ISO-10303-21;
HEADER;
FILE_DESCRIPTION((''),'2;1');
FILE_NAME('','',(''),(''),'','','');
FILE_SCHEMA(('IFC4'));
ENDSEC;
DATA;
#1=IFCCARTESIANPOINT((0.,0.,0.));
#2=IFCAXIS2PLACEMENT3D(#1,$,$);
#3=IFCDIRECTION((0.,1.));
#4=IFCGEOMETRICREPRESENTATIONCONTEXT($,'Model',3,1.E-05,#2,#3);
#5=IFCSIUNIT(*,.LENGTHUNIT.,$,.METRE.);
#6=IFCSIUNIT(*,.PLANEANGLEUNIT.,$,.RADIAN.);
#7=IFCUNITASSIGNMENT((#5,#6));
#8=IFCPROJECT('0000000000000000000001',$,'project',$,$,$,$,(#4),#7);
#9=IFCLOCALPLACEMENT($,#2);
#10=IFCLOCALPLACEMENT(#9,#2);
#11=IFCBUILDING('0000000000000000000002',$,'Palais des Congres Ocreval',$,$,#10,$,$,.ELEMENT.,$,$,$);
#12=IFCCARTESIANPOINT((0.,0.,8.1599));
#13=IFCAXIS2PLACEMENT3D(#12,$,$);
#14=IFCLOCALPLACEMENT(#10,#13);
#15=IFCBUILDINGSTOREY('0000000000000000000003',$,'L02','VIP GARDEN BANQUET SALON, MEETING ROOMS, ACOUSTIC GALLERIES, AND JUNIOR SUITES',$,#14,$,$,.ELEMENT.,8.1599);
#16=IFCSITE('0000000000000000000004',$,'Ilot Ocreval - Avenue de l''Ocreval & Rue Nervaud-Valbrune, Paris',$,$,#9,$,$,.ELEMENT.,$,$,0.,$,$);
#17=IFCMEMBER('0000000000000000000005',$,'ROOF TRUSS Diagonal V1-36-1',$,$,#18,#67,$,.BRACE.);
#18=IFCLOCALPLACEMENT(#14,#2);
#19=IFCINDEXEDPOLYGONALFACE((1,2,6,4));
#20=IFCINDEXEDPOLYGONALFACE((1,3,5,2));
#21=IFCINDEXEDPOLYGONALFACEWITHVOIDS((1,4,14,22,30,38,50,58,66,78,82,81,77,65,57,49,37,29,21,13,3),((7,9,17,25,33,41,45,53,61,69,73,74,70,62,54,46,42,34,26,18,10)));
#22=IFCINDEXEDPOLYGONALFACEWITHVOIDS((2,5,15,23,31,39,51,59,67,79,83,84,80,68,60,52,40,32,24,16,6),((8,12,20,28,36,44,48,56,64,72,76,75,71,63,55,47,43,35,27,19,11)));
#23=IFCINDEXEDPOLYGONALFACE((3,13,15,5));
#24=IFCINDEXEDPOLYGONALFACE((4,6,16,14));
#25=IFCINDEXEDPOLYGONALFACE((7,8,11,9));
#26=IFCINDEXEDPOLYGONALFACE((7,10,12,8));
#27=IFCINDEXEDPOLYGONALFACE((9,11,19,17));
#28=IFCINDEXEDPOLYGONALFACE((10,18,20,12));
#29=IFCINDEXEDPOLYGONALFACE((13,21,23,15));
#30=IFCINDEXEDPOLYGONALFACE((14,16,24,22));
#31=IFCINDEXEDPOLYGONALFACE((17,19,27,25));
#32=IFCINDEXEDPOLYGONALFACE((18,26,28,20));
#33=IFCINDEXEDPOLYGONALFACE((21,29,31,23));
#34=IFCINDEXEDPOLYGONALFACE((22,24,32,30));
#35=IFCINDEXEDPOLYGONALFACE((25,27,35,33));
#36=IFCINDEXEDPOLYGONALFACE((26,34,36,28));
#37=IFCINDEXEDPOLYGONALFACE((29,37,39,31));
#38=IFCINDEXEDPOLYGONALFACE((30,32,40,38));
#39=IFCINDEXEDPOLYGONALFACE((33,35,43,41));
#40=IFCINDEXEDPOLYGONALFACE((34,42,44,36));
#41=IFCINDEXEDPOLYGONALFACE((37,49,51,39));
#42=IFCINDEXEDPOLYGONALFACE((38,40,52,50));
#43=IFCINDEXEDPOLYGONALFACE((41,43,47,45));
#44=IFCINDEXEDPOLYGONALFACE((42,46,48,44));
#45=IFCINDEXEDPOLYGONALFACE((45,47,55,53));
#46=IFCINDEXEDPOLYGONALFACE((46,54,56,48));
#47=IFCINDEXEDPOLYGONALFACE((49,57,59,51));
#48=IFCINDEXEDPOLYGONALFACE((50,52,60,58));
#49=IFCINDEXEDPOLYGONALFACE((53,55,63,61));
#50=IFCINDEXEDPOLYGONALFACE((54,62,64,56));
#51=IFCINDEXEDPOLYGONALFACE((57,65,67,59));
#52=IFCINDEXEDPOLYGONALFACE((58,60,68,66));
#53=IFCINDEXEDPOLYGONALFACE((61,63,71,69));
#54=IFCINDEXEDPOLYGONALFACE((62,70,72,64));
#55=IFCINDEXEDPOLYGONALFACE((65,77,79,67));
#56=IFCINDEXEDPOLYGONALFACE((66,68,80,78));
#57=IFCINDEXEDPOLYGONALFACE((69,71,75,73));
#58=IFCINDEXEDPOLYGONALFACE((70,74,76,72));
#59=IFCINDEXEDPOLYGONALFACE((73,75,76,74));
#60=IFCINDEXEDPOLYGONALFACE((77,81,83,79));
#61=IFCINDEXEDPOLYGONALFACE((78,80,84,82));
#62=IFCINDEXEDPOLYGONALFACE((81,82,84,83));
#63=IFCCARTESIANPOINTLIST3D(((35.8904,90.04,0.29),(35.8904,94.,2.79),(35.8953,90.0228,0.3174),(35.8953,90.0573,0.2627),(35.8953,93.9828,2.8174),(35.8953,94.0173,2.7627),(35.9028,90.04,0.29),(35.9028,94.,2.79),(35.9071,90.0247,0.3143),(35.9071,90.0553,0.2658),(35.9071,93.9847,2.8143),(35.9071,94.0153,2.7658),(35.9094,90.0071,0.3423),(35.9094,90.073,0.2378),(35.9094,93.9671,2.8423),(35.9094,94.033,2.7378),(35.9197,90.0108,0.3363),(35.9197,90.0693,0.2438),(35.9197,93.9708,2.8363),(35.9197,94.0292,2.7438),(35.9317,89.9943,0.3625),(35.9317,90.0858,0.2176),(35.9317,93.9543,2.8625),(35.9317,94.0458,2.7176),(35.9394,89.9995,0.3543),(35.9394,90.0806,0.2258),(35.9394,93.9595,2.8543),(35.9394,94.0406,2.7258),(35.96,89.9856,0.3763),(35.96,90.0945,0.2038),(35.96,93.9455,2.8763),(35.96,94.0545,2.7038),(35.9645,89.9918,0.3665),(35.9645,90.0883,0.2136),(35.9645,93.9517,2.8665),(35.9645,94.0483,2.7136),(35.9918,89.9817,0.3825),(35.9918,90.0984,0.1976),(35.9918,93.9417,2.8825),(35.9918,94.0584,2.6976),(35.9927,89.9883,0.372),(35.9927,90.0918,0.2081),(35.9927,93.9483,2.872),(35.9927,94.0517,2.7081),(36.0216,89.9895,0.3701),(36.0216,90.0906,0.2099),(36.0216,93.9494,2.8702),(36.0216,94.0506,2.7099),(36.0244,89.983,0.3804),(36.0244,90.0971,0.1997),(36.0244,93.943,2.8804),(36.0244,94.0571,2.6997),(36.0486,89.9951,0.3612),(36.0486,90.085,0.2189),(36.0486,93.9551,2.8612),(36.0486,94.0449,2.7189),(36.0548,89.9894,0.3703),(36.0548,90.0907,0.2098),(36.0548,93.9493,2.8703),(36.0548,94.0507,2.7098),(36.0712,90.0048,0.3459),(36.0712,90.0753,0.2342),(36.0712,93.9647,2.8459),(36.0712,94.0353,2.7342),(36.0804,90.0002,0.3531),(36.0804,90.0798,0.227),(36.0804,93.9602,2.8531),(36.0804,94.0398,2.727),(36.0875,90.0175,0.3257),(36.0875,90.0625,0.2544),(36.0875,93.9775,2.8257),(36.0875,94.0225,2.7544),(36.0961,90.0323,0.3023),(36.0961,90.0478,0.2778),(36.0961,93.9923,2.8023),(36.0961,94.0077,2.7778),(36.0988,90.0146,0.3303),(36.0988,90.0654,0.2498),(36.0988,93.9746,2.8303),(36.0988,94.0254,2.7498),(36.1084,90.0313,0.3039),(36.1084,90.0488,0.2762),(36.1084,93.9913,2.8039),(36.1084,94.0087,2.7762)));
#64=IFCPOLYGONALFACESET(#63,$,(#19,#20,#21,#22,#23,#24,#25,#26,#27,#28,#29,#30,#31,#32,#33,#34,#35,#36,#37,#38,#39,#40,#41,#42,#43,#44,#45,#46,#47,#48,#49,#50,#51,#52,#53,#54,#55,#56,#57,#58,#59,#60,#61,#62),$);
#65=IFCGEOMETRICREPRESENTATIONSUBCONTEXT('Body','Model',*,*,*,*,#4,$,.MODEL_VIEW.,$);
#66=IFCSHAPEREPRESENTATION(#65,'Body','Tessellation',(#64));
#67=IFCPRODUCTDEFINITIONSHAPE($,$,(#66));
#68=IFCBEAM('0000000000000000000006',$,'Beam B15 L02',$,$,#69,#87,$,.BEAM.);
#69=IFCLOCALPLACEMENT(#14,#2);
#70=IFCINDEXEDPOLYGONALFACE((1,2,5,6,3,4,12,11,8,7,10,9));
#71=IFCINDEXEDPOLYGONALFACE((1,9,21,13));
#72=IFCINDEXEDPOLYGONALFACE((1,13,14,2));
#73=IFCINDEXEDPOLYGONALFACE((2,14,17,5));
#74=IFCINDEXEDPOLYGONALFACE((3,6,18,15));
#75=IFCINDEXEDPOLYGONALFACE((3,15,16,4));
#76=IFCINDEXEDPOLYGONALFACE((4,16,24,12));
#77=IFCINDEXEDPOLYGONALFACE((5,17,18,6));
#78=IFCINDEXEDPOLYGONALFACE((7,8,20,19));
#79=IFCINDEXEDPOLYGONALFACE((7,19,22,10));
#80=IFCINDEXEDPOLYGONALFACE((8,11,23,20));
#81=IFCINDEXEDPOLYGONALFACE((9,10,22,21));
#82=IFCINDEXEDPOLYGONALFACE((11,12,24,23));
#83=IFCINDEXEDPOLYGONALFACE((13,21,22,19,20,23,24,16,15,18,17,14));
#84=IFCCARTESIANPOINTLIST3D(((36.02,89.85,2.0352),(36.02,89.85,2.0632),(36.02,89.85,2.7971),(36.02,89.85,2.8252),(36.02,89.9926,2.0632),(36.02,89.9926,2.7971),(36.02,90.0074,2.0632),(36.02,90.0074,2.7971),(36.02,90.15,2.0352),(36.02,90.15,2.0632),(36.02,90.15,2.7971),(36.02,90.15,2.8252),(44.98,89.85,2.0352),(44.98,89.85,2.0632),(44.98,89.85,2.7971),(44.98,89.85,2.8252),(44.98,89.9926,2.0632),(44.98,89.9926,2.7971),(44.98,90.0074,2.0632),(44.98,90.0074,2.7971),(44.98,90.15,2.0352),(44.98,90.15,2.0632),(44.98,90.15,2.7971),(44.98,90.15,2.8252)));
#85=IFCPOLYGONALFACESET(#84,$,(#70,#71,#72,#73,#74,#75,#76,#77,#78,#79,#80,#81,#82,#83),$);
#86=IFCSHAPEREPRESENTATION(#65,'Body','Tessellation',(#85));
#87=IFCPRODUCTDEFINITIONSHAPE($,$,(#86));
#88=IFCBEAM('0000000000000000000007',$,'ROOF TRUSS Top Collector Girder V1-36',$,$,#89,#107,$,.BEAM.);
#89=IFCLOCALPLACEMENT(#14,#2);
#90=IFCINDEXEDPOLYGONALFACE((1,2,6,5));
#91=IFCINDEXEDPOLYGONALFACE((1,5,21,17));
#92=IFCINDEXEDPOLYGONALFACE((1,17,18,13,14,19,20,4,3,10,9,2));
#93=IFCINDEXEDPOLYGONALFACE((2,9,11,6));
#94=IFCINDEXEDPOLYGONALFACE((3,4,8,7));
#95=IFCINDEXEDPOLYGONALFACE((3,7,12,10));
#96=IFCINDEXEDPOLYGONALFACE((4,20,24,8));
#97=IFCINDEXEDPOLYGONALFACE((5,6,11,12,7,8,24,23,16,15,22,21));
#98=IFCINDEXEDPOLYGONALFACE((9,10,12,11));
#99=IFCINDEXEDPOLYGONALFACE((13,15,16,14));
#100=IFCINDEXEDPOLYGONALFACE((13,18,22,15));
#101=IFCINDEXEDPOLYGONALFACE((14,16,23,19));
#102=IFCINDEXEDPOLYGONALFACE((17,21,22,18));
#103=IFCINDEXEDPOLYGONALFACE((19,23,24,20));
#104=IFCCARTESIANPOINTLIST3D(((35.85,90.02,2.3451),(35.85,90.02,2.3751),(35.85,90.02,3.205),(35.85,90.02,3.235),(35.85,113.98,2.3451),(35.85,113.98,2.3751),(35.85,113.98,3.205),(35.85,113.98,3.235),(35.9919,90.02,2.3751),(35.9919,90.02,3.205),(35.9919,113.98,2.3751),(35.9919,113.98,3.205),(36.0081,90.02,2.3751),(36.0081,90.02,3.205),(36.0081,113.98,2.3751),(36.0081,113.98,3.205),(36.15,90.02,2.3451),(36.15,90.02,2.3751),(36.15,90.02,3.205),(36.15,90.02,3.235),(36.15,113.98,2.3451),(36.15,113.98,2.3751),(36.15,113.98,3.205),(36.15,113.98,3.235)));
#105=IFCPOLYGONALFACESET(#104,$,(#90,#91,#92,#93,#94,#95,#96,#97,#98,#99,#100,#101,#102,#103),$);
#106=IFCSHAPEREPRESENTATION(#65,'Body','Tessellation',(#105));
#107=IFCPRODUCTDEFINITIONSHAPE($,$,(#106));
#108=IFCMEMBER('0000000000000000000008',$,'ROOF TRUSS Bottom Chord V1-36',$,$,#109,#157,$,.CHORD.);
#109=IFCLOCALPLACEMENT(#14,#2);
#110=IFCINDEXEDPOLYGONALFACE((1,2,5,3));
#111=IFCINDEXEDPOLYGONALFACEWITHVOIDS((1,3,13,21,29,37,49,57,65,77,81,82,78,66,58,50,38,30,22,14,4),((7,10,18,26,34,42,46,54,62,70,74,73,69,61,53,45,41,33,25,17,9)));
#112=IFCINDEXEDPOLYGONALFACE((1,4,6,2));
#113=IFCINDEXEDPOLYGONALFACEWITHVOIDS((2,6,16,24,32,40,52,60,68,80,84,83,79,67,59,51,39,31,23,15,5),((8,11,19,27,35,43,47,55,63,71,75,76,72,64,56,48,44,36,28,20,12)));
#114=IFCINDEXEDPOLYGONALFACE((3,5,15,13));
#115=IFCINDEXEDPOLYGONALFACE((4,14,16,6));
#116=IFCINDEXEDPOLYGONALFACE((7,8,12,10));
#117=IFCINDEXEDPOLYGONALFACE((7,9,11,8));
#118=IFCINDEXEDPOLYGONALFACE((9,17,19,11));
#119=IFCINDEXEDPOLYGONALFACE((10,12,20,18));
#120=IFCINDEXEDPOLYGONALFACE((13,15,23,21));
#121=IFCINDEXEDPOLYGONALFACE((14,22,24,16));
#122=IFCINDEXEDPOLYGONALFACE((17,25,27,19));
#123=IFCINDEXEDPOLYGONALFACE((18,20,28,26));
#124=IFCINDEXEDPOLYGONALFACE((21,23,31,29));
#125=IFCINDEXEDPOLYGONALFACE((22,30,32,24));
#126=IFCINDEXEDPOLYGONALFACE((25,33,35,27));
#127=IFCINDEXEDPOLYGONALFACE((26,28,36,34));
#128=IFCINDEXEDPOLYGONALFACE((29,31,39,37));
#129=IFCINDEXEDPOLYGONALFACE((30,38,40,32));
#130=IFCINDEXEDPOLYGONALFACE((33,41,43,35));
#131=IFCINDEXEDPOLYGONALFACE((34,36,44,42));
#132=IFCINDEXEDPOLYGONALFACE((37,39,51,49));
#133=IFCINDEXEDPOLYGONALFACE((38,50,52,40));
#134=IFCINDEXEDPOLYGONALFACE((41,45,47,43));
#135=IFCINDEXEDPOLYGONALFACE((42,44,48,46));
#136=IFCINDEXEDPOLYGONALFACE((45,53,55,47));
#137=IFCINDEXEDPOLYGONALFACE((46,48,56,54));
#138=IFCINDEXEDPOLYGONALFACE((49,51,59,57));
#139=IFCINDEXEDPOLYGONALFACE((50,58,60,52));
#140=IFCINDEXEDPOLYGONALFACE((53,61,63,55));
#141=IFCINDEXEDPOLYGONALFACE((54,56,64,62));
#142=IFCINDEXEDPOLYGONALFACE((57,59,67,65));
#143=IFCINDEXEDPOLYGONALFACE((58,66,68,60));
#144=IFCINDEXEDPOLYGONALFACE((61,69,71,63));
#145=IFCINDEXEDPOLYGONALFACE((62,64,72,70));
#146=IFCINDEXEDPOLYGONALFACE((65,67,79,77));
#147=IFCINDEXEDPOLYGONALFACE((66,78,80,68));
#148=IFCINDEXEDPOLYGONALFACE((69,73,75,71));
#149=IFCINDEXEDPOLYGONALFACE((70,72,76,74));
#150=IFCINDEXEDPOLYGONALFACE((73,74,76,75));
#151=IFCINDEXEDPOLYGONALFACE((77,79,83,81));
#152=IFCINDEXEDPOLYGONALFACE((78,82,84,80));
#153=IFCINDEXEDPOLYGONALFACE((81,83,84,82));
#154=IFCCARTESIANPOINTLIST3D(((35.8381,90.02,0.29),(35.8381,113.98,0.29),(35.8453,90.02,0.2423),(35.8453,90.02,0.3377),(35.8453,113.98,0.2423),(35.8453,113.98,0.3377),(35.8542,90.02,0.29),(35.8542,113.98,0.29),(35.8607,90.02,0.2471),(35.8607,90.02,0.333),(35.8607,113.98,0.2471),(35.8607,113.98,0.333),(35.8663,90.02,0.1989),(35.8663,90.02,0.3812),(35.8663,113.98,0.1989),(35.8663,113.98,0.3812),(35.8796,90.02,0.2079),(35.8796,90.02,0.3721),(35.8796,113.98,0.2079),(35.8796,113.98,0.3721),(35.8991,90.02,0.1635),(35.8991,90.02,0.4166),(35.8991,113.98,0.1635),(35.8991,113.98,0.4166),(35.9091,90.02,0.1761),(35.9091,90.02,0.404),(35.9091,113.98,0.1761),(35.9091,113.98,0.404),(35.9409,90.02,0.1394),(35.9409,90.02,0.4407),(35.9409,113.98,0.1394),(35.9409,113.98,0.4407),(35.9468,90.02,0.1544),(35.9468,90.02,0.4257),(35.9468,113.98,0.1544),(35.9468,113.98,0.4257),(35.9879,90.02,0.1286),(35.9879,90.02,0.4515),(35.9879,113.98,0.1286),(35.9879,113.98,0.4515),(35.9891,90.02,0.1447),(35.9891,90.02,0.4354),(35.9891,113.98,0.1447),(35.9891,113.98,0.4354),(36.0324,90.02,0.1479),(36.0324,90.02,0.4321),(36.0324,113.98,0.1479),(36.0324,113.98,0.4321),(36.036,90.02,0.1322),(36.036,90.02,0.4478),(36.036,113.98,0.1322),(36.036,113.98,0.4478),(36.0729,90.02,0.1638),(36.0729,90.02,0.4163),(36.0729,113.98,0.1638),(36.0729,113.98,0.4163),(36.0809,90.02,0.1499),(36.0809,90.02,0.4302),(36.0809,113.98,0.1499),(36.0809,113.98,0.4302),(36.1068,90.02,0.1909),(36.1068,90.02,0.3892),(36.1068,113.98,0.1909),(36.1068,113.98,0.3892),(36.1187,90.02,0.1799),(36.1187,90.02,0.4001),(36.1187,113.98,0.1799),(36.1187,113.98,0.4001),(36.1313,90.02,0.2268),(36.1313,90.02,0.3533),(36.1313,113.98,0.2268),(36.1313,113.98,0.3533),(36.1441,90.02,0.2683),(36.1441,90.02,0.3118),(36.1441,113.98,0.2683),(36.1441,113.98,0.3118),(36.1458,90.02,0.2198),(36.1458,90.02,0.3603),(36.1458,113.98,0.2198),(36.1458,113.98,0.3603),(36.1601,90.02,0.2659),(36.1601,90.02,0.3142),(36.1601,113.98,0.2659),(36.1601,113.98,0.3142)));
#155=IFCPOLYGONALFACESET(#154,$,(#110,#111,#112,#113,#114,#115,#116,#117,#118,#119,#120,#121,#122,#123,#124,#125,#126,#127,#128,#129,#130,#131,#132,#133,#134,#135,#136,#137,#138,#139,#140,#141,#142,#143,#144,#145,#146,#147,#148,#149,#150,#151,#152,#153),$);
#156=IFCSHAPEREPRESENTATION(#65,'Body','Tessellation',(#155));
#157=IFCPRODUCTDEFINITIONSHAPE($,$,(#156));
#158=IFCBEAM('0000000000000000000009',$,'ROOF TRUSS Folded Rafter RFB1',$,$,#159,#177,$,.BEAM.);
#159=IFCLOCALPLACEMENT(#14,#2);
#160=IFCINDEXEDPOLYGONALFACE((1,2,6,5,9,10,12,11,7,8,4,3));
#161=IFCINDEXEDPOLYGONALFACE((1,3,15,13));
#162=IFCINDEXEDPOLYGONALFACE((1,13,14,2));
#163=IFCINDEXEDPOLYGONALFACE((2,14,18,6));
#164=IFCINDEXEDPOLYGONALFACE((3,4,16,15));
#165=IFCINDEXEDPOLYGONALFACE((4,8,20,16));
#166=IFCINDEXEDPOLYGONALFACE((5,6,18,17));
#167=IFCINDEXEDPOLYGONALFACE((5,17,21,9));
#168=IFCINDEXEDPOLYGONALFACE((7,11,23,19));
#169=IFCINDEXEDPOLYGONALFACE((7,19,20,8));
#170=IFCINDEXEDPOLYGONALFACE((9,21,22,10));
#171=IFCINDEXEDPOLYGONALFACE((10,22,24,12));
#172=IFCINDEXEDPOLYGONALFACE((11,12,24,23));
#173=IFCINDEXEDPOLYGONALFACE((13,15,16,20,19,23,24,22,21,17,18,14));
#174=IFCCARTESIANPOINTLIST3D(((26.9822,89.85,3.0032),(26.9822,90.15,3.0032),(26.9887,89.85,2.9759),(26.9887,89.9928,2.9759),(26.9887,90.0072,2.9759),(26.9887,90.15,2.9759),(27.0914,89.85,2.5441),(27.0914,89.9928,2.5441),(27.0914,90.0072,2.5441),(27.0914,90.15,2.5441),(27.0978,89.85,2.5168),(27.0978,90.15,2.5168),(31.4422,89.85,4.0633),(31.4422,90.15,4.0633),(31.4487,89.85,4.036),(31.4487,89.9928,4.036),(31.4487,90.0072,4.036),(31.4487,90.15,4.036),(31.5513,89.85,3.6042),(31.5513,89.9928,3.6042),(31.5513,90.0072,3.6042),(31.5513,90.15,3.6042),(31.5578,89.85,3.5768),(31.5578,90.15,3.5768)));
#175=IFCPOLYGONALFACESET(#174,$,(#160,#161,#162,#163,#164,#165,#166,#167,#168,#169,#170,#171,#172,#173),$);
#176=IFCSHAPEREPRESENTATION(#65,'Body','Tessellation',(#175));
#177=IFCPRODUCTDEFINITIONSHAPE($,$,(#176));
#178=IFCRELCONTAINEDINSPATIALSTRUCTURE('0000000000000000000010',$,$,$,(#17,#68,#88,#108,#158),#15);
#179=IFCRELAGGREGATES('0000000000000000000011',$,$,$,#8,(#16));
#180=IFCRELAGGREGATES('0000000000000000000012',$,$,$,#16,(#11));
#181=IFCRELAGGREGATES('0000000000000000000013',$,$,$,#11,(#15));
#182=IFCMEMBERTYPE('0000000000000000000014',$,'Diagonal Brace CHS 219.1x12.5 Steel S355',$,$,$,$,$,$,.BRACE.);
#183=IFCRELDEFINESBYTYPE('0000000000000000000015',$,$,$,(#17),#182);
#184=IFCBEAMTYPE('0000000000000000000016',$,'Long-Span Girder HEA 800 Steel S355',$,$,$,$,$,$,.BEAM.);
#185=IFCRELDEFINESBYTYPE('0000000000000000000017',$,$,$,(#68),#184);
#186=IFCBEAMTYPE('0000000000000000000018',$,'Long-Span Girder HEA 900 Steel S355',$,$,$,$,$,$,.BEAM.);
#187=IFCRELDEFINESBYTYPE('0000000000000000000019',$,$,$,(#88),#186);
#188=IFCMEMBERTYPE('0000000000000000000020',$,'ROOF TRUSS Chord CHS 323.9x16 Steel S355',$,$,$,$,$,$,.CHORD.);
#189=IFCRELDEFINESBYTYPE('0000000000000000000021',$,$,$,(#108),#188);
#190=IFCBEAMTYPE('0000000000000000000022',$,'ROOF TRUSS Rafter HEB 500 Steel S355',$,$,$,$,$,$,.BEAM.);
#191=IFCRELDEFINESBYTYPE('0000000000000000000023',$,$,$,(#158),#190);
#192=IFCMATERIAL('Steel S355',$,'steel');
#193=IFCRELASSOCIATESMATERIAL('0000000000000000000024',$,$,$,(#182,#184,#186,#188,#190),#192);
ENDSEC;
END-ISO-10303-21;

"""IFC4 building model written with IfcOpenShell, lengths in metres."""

from ifc_helpers import new_model, si_unit, direction, frame, origin, origin_2d, place, context, subcontext, project, spatial, hollow_circle, i_section, extrude, material, material_profile, profile_set, type_object, element, save


model = new_model("IFC4")

# Units and contexts
model_context = context("Model", 3, precision=1e-05, world=origin(), true_north=direction((0.0, 1.0)))
body_context = subcontext(model_context, "Body", "Model", "MODEL_VIEW")
ifc_project = project(units=[si_unit("LENGTHUNIT", "METRE"), si_unit("PLANEANGLEUNIT", "RADIAN")], contexts=[model_context])

# Site, building, storey
site_placement = place(None, origin())
site = spatial("IfcSite", under=ifc_project, at=site_placement, Name="Ilot Ocreval - Avenue de l'Ocreval & Rue Nervaud-Valbrune, Paris", CompositionType="ELEMENT", RefElevation=0.0)
building_placement = place(site_placement, origin())
building = spatial("IfcBuilding", under=site, at=building_placement, Name="Palais des Congres Ocreval", CompositionType="ELEMENT")
storey_placement = place(building_placement, frame((0.0, 0.0, 8.1599)))
storey = spatial("IfcBuildingStorey", under=building, at=storey_placement, Name="L02", Description="VIP GARDEN BANQUET SALON, MEETING ROOMS, ACOUSTIC GALLERIES, AND JUNIOR SUITES", CompositionType="ELEMENT", Elevation=8.1599)

# Shared definitions
ifc_material_1 = material(Name="Steel S355", Category="steel")

# Member
ifc_material_profile_1 = material_profile(ifc_material_1, hollow_circle(Radius=0.1096, WallThickness=0.0125, at=origin_2d()), Name="CHS 219.1x12.5")
ifc_profile_set_1 = profile_set([ifc_material_profile_1], Name="Steel S355")
member_type_1 = type_object("IfcMemberType", Name="Diagonal Brace CHS 219.1x12.5 Steel S355", PredefinedType="BRACE", material=ifc_profile_set_1)
member_1_placement = place(storey_placement, frame((36.0, 90.04, 0.29), z_axis=(0.0, 0.845588, 0.533836), x_axis=(-1.0, 0.0, 0.0)))
element("IfcMember", 1, at=member_1_placement, inside=storey, type_object=member_type_1, Name="ROOF TRUSS Diagonal V1-36-1", PredefinedType="BRACE", context=body_context, shape_type="SweptSolid", body=[
    extrude(hollow_circle(Radius=0.1096, WallThickness=0.0125, at=origin_2d()), origin(), (0.0, 0.0, 1.0), 4.6831),
])

# Beams
ifc_material_profile_2 = material_profile(ifc_material_1, i_section(OverallWidth=0.3, OverallDepth=0.79, WebThickness=0.0149, FlangeThickness=0.0281, at=origin_2d()), Name="HEA 800")
ifc_profile_set_2 = profile_set([ifc_material_profile_2], Name="Steel S355")
beam_type_1 = type_object("IfcBeamType", Name="Long-Span Girder HEA 800 Steel S355", PredefinedType="BEAM", material=ifc_profile_set_2)
beam_1_placement = place(storey_placement, frame((36.02, 90.0, 2.4302), z_axis=(1.0, 0.0, 0.0), x_axis=(0.0, 1.0, 0.0)))
element("IfcBeam", 2, at=beam_1_placement, inside=storey, type_object=beam_type_1, Name="Beam B15 L02", PredefinedType="BEAM", context=body_context, shape_type="SweptSolid", body=[
    extrude(i_section(OverallWidth=0.3, OverallDepth=0.79, WebThickness=0.0149, FlangeThickness=0.0281, at=origin_2d()), origin(), (0.0, 0.0, 1.0), 8.96),
])
ifc_material_profile_3 = material_profile(ifc_material_1, i_section(OverallWidth=0.3, OverallDepth=0.8899, WebThickness=0.0161, FlangeThickness=0.03, at=origin_2d()), Name="HEA 900")
ifc_profile_set_3 = profile_set([ifc_material_profile_3], Name="Steel S355")
beam_type_2 = type_object("IfcBeamType", Name="Long-Span Girder HEA 900 Steel S355", PredefinedType="BEAM", material=ifc_profile_set_3)
beam_2_placement = place(storey_placement, frame((36.0, 90.02, 2.79), z_axis=(0.0, 1.0, 0.0), x_axis=(-1.0, 0.0, 0.0)))
element("IfcBeam", 3, at=beam_2_placement, inside=storey, type_object=beam_type_2, Name="ROOF TRUSS Top Collector Girder V1-36", PredefinedType="BEAM", context=body_context, shape_type="SweptSolid", body=[
    extrude(i_section(OverallWidth=0.3, OverallDepth=0.8899, WebThickness=0.0161, FlangeThickness=0.03, at=origin_2d()), origin(), (0.0, 0.0, 1.0), 23.96),
])

# Member
ifc_material_profile_4 = material_profile(ifc_material_1, hollow_circle(Radius=0.1619, WallThickness=0.0161, at=origin_2d()), Name="CHS 323.9x16")
ifc_profile_set_4 = profile_set([ifc_material_profile_4], Name="Steel S355")
member_type_2 = type_object("IfcMemberType", Name="ROOF TRUSS Chord CHS 323.9x16 Steel S355", PredefinedType="CHORD", material=ifc_profile_set_4)
member_2_placement = place(storey_placement, frame((36.0, 90.02, 0.29), z_axis=(0.0, 1.0, 0.0), x_axis=(-1.0, 0.0, 0.0)))
element("IfcMember", 4, at=member_2_placement, inside=storey, type_object=member_type_2, Name="ROOF TRUSS Bottom Chord V1-36", PredefinedType="CHORD", context=body_context, shape_type="SweptSolid", body=[
    extrude(hollow_circle(Radius=0.1619, WallThickness=0.0161, at=origin_2d()), origin(), (0.0, 0.0, 1.0), 23.96),
])

# Beam
ifc_material_profile_5 = material_profile(ifc_material_1, i_section(OverallWidth=0.3, OverallDepth=0.5, WebThickness=0.0144, FlangeThickness=0.0281, at=origin_2d()), Name="HEB 500")
ifc_profile_set_5 = profile_set([ifc_material_profile_5], Name="Steel S355")
beam_type_3 = type_object("IfcBeamType", Name="ROOF TRUSS Rafter HEB 500 Steel S355", PredefinedType="BEAM", material=ifc_profile_set_5)
for number, where, z_axis, x_axis, name in (
    (5, (27.04, 90.0, 2.76), (0.972896, 0.0, 0.231241), (0.0, 1.0, 0.0), "ROOF TRUSS Folded Rafter RFB1"),
):
    element("IfcBeam", number, at=place(storey_placement, frame(where, z_axis=z_axis, x_axis=x_axis)), inside=storey, type_object=beam_type_3, Name=name, PredefinedType="BEAM", context=body_context, shape_type="SweptSolid", body=[
        extrude(i_section(OverallWidth=0.3, OverallDepth=0.5, WebThickness=0.0144, FlangeThickness=0.0281, at=origin_2d()), origin(), (0.0, 0.0, 1.0), 4.5842),
    ])

save(model, "model.ifc")
